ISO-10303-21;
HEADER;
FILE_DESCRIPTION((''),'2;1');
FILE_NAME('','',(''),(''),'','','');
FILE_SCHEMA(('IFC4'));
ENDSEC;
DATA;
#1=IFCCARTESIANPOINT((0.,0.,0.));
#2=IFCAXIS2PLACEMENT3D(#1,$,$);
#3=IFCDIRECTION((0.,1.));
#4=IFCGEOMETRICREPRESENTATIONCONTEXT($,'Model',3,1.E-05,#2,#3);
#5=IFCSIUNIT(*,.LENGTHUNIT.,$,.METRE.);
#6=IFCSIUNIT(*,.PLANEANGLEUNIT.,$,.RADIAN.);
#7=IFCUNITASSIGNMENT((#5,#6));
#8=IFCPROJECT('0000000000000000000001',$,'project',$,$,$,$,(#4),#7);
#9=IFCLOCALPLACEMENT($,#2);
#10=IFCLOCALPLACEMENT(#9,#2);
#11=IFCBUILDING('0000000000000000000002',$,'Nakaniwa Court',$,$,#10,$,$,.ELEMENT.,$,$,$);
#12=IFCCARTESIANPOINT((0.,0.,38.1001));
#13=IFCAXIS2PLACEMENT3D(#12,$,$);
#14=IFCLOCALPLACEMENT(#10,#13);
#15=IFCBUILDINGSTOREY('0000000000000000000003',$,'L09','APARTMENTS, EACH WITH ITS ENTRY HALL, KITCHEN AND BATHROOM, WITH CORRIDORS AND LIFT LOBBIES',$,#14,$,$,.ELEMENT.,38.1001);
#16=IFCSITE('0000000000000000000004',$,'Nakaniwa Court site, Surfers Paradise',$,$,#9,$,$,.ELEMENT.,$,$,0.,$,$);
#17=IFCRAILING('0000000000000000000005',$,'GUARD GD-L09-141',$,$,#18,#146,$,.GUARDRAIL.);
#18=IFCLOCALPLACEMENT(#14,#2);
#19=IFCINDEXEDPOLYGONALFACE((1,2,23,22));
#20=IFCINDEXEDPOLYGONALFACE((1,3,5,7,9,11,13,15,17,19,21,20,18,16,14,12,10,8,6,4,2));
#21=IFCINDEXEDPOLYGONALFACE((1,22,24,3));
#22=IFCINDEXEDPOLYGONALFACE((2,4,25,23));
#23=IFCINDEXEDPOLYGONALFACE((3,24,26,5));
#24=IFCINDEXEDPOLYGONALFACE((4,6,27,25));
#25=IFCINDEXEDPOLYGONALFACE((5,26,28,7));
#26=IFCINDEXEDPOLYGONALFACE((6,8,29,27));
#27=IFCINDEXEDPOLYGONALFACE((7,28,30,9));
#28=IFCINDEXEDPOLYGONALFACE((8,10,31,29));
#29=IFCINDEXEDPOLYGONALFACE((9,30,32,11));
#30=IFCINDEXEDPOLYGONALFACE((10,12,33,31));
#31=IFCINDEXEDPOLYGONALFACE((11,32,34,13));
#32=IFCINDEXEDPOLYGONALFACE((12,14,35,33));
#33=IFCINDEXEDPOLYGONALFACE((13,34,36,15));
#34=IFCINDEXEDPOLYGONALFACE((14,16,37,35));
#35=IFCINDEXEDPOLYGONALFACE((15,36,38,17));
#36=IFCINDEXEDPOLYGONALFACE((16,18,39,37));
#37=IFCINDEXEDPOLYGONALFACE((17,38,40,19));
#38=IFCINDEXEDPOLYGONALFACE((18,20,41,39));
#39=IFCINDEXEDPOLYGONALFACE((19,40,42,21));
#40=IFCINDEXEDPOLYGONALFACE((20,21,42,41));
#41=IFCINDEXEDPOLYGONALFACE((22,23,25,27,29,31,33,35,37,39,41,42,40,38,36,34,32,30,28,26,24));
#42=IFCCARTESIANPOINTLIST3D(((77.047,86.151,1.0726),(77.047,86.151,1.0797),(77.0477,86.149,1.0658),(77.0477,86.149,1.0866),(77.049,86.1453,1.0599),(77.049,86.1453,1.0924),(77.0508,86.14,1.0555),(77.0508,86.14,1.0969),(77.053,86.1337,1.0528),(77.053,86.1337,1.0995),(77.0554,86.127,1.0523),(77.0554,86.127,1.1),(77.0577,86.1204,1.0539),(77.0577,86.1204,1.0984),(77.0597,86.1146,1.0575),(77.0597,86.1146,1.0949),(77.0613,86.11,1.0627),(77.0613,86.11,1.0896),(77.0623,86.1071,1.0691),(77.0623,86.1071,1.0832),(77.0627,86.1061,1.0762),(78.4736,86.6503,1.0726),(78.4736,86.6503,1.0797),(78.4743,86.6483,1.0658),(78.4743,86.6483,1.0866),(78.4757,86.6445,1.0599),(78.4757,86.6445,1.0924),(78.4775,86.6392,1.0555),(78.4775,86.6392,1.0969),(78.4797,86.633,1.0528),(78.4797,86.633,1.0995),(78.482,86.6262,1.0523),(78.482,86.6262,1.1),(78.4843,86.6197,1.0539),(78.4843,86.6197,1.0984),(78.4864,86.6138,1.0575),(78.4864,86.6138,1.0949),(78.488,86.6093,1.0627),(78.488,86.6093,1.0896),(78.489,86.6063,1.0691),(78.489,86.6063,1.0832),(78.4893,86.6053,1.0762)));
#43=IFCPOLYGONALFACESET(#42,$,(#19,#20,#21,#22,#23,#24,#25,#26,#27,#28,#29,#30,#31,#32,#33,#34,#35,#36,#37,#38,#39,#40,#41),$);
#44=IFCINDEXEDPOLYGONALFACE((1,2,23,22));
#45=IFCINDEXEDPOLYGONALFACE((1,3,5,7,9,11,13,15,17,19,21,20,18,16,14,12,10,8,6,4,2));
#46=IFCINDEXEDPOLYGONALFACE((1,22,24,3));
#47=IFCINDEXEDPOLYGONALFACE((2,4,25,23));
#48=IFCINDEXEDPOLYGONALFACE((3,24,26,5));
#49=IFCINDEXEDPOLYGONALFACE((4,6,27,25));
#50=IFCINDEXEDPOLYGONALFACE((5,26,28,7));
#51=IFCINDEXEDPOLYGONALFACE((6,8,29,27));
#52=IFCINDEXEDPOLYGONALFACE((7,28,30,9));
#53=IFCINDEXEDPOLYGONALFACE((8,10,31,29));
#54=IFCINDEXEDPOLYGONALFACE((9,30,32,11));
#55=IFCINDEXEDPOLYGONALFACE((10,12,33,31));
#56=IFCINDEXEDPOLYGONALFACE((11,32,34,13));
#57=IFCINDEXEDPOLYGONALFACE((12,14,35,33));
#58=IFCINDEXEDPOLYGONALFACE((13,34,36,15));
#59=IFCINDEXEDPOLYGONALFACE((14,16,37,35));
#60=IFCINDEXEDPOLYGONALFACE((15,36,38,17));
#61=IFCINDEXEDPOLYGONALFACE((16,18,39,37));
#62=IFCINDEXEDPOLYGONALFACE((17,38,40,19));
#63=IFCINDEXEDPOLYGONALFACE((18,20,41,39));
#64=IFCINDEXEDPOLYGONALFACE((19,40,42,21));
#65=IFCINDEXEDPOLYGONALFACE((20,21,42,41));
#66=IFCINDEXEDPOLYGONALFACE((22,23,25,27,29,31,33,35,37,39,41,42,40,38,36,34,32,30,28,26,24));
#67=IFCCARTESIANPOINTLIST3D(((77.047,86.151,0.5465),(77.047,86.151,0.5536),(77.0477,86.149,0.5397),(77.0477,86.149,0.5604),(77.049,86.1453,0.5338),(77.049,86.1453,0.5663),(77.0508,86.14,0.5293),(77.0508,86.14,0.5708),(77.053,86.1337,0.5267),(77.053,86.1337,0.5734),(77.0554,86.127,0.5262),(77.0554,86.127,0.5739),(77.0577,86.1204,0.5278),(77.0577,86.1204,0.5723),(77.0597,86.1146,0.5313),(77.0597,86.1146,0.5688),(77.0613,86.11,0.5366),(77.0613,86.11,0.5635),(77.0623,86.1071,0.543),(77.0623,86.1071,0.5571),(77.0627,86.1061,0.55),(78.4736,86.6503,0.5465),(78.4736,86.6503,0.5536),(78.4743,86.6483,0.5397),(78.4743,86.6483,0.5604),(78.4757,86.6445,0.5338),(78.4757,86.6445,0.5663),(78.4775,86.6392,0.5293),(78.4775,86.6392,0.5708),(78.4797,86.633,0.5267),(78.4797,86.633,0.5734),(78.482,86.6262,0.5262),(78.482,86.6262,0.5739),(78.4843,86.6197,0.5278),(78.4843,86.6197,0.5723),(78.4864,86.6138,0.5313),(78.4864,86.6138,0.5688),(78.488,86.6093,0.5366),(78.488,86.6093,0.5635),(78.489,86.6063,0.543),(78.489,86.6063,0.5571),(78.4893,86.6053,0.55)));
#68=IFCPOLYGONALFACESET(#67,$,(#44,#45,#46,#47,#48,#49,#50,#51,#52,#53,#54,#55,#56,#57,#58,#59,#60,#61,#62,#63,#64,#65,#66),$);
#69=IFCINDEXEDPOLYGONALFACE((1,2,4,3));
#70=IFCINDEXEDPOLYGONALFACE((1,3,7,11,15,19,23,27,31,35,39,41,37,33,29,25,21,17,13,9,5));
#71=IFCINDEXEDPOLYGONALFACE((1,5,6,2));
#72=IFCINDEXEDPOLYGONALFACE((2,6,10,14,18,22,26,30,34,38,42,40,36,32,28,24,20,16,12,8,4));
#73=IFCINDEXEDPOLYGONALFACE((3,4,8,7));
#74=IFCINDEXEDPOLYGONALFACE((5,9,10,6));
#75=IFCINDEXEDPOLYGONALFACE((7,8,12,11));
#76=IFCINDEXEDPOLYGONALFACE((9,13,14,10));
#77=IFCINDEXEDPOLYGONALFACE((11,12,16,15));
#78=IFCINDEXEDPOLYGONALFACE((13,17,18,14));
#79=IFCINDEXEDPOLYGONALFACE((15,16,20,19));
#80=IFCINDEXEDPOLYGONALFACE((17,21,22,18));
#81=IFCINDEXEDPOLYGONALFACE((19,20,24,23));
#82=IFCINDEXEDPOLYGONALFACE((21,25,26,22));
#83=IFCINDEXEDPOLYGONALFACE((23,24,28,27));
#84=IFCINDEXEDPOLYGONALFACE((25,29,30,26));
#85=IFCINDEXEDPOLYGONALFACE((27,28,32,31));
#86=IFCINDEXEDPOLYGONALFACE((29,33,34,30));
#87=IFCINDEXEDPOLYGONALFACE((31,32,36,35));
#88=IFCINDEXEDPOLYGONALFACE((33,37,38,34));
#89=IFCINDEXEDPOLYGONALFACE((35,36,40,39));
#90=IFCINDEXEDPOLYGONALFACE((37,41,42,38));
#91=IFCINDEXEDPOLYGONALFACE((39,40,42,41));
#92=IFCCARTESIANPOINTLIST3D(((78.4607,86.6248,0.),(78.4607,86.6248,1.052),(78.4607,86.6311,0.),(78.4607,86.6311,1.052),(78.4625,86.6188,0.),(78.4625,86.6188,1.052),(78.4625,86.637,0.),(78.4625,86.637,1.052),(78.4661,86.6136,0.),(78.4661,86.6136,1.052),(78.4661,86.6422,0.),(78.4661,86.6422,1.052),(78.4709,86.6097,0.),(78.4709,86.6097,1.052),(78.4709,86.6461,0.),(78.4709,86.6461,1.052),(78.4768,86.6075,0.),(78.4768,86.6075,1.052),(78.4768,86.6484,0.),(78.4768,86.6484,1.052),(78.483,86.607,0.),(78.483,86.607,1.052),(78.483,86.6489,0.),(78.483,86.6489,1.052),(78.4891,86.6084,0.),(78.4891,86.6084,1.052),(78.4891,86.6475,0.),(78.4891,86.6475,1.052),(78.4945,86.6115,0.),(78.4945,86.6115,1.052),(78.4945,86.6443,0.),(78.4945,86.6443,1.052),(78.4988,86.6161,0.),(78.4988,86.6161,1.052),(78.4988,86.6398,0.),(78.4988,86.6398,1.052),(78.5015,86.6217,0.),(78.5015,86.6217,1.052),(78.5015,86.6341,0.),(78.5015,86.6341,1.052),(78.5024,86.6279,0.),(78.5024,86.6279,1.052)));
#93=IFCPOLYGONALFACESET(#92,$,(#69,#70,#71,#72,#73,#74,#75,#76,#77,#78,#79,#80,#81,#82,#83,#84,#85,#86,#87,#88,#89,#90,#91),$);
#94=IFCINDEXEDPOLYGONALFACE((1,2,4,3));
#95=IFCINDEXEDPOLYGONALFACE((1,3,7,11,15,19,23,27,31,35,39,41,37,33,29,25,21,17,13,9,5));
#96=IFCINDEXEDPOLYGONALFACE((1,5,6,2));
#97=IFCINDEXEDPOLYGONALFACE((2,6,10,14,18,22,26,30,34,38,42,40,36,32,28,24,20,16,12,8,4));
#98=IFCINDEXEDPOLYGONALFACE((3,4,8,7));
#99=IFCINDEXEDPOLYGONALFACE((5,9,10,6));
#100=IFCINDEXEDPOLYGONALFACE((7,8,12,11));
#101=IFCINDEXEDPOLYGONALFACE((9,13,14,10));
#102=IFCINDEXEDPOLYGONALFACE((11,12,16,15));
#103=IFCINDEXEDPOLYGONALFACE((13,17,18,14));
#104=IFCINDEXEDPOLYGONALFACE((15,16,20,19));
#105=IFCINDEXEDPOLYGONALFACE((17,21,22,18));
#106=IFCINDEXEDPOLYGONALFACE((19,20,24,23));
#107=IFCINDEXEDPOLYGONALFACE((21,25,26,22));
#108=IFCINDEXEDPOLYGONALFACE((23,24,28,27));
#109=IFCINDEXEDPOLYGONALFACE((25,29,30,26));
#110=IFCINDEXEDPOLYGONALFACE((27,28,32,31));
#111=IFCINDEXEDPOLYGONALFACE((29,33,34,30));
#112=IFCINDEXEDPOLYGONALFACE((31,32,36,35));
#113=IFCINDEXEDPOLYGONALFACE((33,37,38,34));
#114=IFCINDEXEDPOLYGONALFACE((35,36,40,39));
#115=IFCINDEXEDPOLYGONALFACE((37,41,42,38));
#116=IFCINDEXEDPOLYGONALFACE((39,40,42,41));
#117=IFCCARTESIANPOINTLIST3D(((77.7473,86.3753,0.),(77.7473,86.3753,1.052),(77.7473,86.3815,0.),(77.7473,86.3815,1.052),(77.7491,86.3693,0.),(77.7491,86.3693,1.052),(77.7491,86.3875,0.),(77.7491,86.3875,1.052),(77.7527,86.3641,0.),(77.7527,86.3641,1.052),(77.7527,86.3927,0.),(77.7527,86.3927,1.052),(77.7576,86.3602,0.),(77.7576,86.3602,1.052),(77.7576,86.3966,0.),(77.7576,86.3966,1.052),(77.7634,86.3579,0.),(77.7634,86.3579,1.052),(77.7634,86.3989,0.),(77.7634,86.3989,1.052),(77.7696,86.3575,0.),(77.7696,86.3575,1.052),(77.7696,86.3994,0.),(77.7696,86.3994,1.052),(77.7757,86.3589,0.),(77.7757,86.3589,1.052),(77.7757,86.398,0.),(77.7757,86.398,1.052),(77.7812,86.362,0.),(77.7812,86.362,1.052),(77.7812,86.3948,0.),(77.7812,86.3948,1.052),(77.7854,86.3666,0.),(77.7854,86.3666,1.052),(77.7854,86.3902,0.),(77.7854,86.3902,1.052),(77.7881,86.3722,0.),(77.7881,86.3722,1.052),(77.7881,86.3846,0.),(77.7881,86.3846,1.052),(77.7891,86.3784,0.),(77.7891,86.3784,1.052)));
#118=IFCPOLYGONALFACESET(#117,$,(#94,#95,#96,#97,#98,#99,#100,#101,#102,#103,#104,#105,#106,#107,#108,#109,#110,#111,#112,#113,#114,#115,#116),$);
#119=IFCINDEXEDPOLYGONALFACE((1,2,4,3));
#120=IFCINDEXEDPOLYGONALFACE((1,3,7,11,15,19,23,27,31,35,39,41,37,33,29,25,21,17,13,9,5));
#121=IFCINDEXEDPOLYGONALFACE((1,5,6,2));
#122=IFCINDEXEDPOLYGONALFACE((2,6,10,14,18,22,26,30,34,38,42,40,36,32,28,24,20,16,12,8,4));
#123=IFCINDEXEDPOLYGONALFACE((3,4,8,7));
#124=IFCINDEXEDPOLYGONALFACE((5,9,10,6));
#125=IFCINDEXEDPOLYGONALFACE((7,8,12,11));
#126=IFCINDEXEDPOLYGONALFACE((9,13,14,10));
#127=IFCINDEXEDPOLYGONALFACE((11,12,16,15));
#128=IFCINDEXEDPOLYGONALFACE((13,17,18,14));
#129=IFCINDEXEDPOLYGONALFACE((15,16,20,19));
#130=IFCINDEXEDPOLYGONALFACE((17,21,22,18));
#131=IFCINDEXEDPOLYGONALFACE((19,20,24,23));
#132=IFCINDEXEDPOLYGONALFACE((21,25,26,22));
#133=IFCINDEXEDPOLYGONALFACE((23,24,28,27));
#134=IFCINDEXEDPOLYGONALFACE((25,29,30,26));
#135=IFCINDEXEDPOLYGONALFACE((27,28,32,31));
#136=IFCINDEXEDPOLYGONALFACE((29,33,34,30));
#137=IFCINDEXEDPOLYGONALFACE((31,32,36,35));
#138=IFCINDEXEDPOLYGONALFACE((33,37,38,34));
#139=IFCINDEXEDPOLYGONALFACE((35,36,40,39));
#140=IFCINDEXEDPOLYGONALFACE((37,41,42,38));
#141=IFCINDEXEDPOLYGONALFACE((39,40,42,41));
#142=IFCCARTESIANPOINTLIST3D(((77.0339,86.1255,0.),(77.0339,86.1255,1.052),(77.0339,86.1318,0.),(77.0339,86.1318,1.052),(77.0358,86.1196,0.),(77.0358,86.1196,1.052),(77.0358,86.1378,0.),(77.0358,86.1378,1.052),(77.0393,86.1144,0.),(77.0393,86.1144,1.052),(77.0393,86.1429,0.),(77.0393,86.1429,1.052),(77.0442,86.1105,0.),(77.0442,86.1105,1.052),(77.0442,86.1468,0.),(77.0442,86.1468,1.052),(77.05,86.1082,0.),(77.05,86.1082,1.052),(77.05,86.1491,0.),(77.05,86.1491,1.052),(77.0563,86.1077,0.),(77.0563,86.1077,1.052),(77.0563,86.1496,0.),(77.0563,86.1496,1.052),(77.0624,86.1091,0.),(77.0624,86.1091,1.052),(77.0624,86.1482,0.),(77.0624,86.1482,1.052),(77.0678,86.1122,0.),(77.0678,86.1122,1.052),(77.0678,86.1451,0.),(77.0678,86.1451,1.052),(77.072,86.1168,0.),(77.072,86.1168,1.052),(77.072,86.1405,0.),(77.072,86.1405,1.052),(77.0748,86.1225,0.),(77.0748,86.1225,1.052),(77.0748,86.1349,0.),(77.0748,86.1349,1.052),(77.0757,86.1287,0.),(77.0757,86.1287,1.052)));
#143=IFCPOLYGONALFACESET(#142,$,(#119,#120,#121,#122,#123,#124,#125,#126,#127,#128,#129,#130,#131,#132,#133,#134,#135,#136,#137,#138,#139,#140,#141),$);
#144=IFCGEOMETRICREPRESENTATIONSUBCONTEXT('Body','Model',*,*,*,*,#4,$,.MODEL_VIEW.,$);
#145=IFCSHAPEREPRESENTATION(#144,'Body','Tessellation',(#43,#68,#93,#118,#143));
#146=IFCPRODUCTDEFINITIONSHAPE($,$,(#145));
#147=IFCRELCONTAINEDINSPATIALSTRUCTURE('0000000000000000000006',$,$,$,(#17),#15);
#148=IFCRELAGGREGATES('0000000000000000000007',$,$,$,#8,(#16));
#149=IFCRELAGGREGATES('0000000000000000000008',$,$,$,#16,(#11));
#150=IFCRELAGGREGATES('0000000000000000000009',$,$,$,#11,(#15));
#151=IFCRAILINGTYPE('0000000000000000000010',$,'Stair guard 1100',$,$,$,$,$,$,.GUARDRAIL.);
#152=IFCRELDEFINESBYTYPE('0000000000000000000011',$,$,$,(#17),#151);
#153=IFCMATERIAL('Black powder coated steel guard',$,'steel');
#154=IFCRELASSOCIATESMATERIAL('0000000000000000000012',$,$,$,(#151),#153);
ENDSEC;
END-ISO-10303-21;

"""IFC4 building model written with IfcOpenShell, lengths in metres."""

from ifc_helpers import new_model, si_unit, direction, frame, origin, origin_2d, place, context, subcontext, project, spatial, circle, extrude, material, type_object, element, save


model = new_model("IFC4")

# Units and contexts
model_context = context("Model", 3, precision=1e-05, world=origin(), true_north=direction((0.0, 1.0)))
body_context = subcontext(model_context, "Body", "Model", "MODEL_VIEW")
ifc_project = project(units=[si_unit("LENGTHUNIT", "METRE"), si_unit("PLANEANGLEUNIT", "RADIAN")], contexts=[model_context])

# Site, building, storey
site_placement = place(None, origin())
site = spatial("IfcSite", under=ifc_project, at=site_placement, Name="Nakaniwa Court site, Surfers Paradise", CompositionType="ELEMENT", RefElevation=0.0)
building_placement = place(site_placement, origin())
building = spatial("IfcBuilding", under=site, at=building_placement, Name="Nakaniwa Court", CompositionType="ELEMENT")
storey_placement = place(building_placement, frame((0.0, 0.0, 38.1001)))
storey = spatial("IfcBuildingStorey", under=building, at=storey_placement, Name="L09", Description="APARTMENTS, EACH WITH ITS ENTRY HALL, KITCHEN AND BATHROOM, WITH CORRIDORS AND LIFT LOBBIES", CompositionType="ELEMENT", Elevation=38.1001)

# Railing
ifc_material_1 = material(Name="Black powder coated steel guard", Category="steel")
railing_type = type_object("IfcRailingType", Name="Stair guard 1100", PredefinedType="GUARDRAIL", material=ifc_material_1)
railing_1_placement = place(storey_placement, frame((78.4814, 86.6279, 0.0)))
element("IfcRailing", 1, at=railing_1_placement, inside=storey, type_object=railing_type, Name="GUARD GD-L09-141", PredefinedType="GUARDRAIL", context=body_context, shape_type="SweptSolid", body=[
    extrude(circle(Radius=0.0239, at=origin_2d()), frame((0.0, 0.0, 1.0762), z_axis=(-0.943878, -0.330293, 0.0), x_axis=(0.330293, -0.943878, 0.0)), (0.0, 0.0, 1.0), 1.5115),
    extrude(circle(Radius=0.0239, at=origin_2d()), frame((0.0, 0.0, 0.55), z_axis=(-0.943878, -0.330293, 0.0), x_axis=(0.330293, -0.943878, 0.0)), (0.0, 0.0, 1.0), 1.5115),
    extrude(circle(Radius=0.021, at=origin_2d()), origin(), (0.0, 0.0, 1.0), 1.052),
    extrude(circle(Radius=0.021, at=origin_2d()), frame((-0.7134, -0.2495, 0.0)), (0.0, 0.0, 1.0), 1.052),
    extrude(circle(Radius=0.021, at=origin_2d()), frame((-1.4268, -0.4993, 0.0)), (0.0, 0.0, 1.0), 1.052),
])

save(model, "model.ifc")
